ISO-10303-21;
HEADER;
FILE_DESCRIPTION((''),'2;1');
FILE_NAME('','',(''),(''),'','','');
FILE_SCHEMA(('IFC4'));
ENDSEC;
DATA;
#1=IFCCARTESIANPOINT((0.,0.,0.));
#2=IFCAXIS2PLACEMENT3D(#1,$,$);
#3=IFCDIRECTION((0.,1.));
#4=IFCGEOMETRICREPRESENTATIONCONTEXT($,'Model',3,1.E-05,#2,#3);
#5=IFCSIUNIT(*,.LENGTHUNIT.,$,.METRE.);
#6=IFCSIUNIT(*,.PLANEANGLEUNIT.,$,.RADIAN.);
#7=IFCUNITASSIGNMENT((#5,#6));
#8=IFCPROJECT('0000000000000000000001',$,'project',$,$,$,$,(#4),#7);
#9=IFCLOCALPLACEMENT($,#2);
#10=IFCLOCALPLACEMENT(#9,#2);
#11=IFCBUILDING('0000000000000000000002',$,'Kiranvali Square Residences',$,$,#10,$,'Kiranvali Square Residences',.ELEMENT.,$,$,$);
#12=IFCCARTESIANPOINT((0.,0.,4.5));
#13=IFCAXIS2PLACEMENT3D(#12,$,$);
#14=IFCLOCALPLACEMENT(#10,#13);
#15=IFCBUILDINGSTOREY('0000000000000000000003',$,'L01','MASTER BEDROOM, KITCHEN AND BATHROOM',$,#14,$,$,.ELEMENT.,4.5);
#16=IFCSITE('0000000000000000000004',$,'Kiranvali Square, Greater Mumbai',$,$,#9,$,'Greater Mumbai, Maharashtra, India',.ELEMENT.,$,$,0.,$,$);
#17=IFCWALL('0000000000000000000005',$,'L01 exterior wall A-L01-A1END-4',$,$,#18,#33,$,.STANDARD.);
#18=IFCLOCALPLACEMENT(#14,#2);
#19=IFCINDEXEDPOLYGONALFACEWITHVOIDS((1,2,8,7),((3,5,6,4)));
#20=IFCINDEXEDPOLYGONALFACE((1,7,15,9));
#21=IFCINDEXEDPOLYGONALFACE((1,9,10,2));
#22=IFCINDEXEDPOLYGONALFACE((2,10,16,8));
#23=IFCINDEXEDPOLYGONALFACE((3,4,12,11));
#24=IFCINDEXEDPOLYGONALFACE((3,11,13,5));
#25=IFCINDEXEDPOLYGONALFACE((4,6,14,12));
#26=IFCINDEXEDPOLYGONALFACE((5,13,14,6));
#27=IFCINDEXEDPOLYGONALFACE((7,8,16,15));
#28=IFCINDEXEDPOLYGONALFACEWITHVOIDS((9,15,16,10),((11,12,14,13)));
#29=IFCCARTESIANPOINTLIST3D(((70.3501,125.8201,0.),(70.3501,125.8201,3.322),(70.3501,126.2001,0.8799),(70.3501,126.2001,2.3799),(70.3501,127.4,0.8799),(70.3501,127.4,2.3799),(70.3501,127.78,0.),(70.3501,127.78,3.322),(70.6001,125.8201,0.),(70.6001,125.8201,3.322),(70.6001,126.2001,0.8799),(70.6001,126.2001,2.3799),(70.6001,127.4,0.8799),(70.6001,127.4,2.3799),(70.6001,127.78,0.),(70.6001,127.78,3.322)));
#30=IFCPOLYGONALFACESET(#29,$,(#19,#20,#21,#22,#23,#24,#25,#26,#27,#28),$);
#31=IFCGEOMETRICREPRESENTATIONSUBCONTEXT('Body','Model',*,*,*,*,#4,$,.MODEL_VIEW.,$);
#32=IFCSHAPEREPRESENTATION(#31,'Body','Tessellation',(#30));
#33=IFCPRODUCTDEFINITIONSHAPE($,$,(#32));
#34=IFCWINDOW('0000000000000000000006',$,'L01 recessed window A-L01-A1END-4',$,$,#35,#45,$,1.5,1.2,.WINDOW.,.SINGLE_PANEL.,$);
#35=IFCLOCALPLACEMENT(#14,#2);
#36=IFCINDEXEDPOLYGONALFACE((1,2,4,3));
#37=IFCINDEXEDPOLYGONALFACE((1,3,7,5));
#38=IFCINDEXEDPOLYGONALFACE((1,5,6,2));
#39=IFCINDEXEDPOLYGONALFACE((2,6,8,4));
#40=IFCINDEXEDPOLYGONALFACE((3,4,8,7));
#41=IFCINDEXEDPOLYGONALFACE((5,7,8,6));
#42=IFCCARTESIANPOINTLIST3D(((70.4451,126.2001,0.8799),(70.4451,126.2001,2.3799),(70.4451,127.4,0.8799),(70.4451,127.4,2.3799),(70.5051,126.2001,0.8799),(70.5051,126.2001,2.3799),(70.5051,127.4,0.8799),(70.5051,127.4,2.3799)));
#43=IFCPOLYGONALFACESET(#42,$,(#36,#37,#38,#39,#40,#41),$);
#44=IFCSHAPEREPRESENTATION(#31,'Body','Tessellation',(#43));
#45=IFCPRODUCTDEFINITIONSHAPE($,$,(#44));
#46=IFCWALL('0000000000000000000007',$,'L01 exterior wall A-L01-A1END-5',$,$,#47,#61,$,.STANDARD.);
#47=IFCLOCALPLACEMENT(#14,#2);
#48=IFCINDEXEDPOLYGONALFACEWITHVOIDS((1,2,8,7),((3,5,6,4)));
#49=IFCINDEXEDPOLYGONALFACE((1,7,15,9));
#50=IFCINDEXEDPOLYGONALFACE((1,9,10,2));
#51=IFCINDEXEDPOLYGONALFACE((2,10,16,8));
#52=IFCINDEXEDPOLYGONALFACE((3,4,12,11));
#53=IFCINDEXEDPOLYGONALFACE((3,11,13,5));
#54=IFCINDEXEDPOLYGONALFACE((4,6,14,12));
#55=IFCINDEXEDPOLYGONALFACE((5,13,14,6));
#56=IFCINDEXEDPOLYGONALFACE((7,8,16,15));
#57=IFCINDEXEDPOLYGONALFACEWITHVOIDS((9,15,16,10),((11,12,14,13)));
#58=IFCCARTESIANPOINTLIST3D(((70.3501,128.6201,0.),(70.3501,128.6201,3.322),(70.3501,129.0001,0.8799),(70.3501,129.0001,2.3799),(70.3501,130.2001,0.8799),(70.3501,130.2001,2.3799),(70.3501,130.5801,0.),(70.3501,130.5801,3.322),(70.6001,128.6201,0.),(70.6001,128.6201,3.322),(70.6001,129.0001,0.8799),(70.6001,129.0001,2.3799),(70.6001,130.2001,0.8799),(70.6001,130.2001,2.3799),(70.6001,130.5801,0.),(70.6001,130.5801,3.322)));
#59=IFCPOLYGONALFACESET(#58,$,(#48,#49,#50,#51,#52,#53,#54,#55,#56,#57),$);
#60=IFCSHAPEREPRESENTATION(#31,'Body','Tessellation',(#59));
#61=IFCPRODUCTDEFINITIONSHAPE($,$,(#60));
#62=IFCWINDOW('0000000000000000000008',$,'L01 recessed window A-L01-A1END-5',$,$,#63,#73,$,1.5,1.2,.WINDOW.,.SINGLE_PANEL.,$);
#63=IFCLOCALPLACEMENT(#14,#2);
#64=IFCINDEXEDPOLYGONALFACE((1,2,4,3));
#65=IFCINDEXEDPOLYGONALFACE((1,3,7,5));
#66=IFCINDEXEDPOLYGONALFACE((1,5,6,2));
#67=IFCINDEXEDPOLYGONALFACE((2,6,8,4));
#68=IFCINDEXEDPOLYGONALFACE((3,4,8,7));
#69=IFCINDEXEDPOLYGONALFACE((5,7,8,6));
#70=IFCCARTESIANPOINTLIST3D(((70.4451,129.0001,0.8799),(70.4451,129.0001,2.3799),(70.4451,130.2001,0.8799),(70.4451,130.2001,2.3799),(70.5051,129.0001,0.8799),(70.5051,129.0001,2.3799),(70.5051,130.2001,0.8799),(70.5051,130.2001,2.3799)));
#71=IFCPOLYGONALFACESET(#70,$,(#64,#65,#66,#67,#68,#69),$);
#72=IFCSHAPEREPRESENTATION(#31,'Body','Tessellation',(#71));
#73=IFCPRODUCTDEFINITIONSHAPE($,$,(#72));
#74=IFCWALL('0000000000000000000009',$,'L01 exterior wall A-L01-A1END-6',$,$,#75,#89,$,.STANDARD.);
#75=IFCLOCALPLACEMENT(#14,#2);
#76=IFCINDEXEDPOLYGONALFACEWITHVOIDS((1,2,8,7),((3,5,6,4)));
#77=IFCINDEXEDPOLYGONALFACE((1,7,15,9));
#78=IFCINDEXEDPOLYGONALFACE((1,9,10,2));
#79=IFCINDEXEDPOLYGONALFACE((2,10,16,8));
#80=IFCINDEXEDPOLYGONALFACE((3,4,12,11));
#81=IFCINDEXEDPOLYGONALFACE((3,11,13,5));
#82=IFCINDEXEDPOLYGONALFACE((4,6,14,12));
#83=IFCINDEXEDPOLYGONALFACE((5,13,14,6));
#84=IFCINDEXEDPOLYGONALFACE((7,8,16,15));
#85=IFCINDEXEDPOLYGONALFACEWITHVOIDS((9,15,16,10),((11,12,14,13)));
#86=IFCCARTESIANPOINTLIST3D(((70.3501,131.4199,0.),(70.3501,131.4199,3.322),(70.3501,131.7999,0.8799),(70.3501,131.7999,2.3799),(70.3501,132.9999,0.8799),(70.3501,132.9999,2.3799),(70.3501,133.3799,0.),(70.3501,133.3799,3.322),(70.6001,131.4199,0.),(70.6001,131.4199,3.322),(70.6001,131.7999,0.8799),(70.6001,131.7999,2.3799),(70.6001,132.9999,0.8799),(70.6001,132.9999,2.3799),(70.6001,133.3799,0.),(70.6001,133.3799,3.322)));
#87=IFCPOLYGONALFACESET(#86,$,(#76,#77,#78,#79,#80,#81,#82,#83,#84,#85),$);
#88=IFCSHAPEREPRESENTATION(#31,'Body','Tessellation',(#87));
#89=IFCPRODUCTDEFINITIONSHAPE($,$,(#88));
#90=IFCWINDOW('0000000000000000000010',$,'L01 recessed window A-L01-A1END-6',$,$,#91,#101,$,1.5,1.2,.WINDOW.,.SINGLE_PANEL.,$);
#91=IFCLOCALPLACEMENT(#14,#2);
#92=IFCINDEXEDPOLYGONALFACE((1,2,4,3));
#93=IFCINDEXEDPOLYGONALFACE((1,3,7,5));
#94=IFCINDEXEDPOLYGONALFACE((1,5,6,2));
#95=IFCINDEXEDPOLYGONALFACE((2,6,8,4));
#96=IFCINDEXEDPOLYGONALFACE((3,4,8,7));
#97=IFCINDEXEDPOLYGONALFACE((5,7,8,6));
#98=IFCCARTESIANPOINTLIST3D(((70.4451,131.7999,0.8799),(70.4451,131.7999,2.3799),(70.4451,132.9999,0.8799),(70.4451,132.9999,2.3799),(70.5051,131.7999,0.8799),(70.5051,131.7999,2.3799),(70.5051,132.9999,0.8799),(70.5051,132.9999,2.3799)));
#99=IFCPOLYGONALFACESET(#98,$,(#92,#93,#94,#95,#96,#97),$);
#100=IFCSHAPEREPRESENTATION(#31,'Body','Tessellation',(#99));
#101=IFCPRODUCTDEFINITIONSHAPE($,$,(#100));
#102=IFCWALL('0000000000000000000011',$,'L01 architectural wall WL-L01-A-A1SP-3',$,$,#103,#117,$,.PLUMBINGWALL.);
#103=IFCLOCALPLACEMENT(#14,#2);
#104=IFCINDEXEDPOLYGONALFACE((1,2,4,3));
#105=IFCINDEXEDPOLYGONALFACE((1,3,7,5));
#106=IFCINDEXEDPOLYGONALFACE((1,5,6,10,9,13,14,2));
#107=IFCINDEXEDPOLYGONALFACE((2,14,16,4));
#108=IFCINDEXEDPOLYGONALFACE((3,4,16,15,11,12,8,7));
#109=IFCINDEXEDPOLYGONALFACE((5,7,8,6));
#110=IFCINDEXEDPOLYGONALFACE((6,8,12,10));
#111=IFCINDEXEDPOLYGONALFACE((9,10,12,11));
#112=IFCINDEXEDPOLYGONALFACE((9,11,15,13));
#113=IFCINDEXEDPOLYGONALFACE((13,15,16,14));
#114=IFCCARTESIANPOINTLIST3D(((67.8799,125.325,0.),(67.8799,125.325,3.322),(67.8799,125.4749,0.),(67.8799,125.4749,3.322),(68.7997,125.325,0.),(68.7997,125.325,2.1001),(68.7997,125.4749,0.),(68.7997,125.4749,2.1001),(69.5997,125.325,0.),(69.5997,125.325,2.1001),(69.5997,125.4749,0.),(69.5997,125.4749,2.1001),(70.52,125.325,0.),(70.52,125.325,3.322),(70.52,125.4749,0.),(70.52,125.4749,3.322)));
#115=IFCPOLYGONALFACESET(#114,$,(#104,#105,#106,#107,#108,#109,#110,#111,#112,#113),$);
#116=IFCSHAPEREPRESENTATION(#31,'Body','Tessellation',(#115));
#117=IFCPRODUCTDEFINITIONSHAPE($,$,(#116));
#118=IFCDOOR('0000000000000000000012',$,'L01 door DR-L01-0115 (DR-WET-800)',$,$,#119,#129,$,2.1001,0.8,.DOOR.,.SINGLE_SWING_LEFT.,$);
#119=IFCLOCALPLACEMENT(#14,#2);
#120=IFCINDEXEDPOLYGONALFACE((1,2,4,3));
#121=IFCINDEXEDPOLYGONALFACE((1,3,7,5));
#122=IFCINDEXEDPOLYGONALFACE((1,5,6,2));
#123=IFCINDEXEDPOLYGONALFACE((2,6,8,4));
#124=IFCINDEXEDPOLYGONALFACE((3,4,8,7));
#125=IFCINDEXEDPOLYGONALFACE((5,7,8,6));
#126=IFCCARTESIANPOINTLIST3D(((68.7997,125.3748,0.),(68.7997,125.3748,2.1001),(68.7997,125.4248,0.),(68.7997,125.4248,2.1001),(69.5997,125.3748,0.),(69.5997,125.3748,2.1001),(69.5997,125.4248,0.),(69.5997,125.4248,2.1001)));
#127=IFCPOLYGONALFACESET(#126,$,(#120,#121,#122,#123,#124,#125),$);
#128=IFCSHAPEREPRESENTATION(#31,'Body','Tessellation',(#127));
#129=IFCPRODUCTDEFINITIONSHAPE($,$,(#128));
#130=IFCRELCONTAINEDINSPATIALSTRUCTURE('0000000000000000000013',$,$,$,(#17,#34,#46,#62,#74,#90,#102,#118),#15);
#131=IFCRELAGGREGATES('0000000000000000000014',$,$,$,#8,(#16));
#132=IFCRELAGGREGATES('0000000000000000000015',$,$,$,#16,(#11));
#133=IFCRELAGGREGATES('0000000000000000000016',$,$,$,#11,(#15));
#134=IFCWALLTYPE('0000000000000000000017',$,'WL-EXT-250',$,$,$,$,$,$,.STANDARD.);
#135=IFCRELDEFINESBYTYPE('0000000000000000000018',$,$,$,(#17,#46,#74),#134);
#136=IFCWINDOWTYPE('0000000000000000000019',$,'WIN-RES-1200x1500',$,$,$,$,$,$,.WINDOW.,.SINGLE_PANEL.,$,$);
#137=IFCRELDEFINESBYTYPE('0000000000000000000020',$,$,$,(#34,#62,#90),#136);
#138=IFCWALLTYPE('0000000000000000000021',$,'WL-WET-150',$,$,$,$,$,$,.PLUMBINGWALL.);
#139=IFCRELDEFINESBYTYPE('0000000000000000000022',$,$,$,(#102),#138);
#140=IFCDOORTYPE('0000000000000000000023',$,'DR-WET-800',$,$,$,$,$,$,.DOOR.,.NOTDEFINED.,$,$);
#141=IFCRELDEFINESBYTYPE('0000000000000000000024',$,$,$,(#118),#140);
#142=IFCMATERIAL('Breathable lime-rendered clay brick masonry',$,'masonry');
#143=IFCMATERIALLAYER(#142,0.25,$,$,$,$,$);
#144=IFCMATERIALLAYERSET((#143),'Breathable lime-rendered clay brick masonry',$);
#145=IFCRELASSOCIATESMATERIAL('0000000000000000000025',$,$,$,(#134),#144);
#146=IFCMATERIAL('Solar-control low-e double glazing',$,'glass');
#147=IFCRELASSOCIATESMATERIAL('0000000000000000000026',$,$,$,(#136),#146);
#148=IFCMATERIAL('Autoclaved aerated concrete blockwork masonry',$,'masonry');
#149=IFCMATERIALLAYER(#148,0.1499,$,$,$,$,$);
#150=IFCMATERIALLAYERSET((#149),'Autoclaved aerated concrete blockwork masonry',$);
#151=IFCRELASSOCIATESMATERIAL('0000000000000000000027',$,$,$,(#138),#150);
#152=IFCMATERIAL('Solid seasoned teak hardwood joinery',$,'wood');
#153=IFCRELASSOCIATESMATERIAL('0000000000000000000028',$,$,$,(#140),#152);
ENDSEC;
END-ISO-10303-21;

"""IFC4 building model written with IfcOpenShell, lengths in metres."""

from ifc_helpers import new_model, si_unit, direction, frame, frame_2d, origin, place, context, subcontext, project, spatial, rectangle, extrude, material, layer, layer_set, type_object, element, fill, save


model = new_model("IFC4")

# Units and contexts
model_context = context("Model", 3, precision=1e-05, world=origin(), true_north=direction((0.0, 1.0)))
body_context = subcontext(model_context, "Body", "Model", "MODEL_VIEW")
ifc_project = project(units=[si_unit("LENGTHUNIT", "METRE"), si_unit("PLANEANGLEUNIT", "RADIAN")], contexts=[model_context])

# Site, building, storey
site_placement = place(None, origin())
site = spatial("IfcSite", under=ifc_project, at=site_placement, Name="Kiranvali Square, Greater Mumbai", LongName="Greater Mumbai, Maharashtra, India", CompositionType="ELEMENT", RefElevation=0.0)
building_placement = place(site_placement, origin())
building = spatial("IfcBuilding", under=site, at=building_placement, Name="Kiranvali Square Residences", LongName="Kiranvali Square Residences", CompositionType="ELEMENT")
storey_placement = place(building_placement, frame((0.0, 0.0, 4.5)))
storey = spatial("IfcBuildingStorey", under=building, at=storey_placement, Name="L01", Description="MASTER BEDROOM, KITCHEN AND BATHROOM", CompositionType="ELEMENT", Elevation=4.5)

# Walls, openings, windows
ifc_material_1 = material(Name="Breathable lime-rendered clay brick masonry", Category="masonry")
ifc_layer_1 = layer(ifc_material_1, 0.25)
ifc_layer_set_1 = layer_set([ifc_layer_1], Name="Breathable lime-rendered clay brick masonry")
wall_type_1 = type_object("IfcWallType", Name="WL-EXT-250", PredefinedType="STANDARD", material=ifc_layer_set_1)
ifc_material_2 = material(Name="Solar-control low-e double glazing", Category="glass")
window_type_1 = type_object("IfcWindowType", Name="WIN-RES-1200x1500", PartitioningType="SINGLE_PANEL", PredefinedType="WINDOW", material=ifc_material_2)
wall_1_placement = place(storey_placement, frame((70.4751, 125.8201, 0.0), z_axis=(0.0, 0.0, 1.0), x_axis=(0.0, 1.0, 0.0)))
wall_1 = element("IfcWall", 1, at=wall_1_placement, inside=storey, type_object=wall_type_1, Name="L01 exterior wall A-L01-A1END-4", PredefinedType="STANDARD", context=body_context, shape_type="SweptSolid", body=[
    extrude(rectangle(XDim=1.96, YDim=0.25, at=frame_2d((0.98, 0.0))), origin(), (0.0, 0.0, 1.0), 3.322),
])
opening_1_placement = place(wall_1_placement, frame((0.3799, 0.0, 0.8799)))
opening_1 = element("IfcOpeningElement", 2, at=opening_1_placement, cuts=wall_1, PredefinedType="OPENING", context=body_context, shape_type="SweptSolid", body=[
    extrude(rectangle(XDim=1.2, YDim=1.5, at=frame_2d((0.6001, 0.75))), frame((0.0, 0.135, 0.0), z_axis=(0.0, -1.0, 0.0), x_axis=(1.0, 0.0, 0.0)), (0.0, 0.0, 1.0), 0.27),
])
window_1_placement = place(opening_1_placement, origin())
window_1 = element("IfcWindow", 3, at=window_1_placement, inside=storey, type_object=window_type_1, Name="L01 recessed window A-L01-A1END-4", OverallHeight=1.5, OverallWidth=1.2, PartitioningType="SINGLE_PANEL", PredefinedType="WINDOW", context=body_context, shape_type="SweptSolid", body=[
    extrude(rectangle(XDim=1.2, YDim=1.5, at=frame_2d((0.6001, 0.75))), frame((0.0, 0.03, 0.0), z_axis=(0.0, -1.0, 0.0), x_axis=(1.0, 0.0, 0.0)), (0.0, 0.0, 1.0), 0.0601),
])
fill(opening_1, window_1)
wall_2_placement = place(storey_placement, frame((70.4751, 128.6201, 0.0), z_axis=(0.0, 0.0, 1.0), x_axis=(0.0, 1.0, 0.0)))
wall_2 = element("IfcWall", 4, at=wall_2_placement, inside=storey, type_object=wall_type_1, Name="L01 exterior wall A-L01-A1END-5", PredefinedType="STANDARD", context=body_context, shape_type="SweptSolid", body=[
    extrude(rectangle(XDim=1.96, YDim=0.25, at=frame_2d((0.98, 0.0))), origin(), (0.0, 0.0, 1.0), 3.322),
])
opening_2_placement = place(wall_2_placement, frame((0.3799, 0.0, 0.8799)))
opening_2 = element("IfcOpeningElement", 5, at=opening_2_placement, cuts=wall_2, PredefinedType="OPENING", context=body_context, shape_type="SweptSolid", body=[
    extrude(rectangle(XDim=1.2, YDim=1.5, at=frame_2d((0.6001, 0.75))), frame((0.0, 0.135, 0.0), z_axis=(0.0, -1.0, 0.0), x_axis=(1.0, 0.0, 0.0)), (0.0, 0.0, 1.0), 0.27),
])
window_2_placement = place(opening_2_placement, origin())
window_2 = element("IfcWindow", 6, at=window_2_placement, inside=storey, type_object=window_type_1, Name="L01 recessed window A-L01-A1END-5", OverallHeight=1.5, OverallWidth=1.2, PartitioningType="SINGLE_PANEL", PredefinedType="WINDOW", context=body_context, shape_type="SweptSolid", body=[
    extrude(rectangle(XDim=1.2, YDim=1.5, at=frame_2d((0.6001, 0.75))), frame((0.0, 0.03, 0.0), z_axis=(0.0, -1.0, 0.0), x_axis=(1.0, 0.0, 0.0)), (0.0, 0.0, 1.0), 0.0601),
])
fill(opening_2, window_2)
wall_3_placement = place(storey_placement, frame((70.4751, 131.4199, 0.0), z_axis=(0.0, 0.0, 1.0), x_axis=(0.0, 1.0, 0.0)))
wall_3 = element("IfcWall", 7, at=wall_3_placement, inside=storey, type_object=wall_type_1, Name="L01 exterior wall A-L01-A1END-6", PredefinedType="STANDARD", context=body_context, shape_type="SweptSolid", body=[
    extrude(rectangle(XDim=1.96, YDim=0.25, at=frame_2d((0.98, 0.0))), origin(), (0.0, 0.0, 1.0), 3.322),
])
opening_3_placement = place(wall_3_placement, frame((0.3799, 0.0, 0.8799)))
opening_3 = element("IfcOpeningElement", 8, at=opening_3_placement, cuts=wall_3, PredefinedType="OPENING", context=body_context, shape_type="SweptSolid", body=[
    extrude(rectangle(XDim=1.2, YDim=1.5, at=frame_2d((0.6001, 0.75))), frame((0.0, 0.135, 0.0), z_axis=(0.0, -1.0, 0.0), x_axis=(1.0, 0.0, 0.0)), (0.0, 0.0, 1.0), 0.27),
])
window_3_placement = place(opening_3_placement, origin())
window_3 = element("IfcWindow", 9, at=window_3_placement, inside=storey, type_object=window_type_1, Name="L01 recessed window A-L01-A1END-6", OverallHeight=1.5, OverallWidth=1.2, PartitioningType="SINGLE_PANEL", PredefinedType="WINDOW", context=body_context, shape_type="SweptSolid", body=[
    extrude(rectangle(XDim=1.2, YDim=1.5, at=frame_2d((0.6001, 0.75))), frame((0.0, 0.03, 0.0), z_axis=(0.0, -1.0, 0.0), x_axis=(1.0, 0.0, 0.0)), (0.0, 0.0, 1.0), 0.0601),
])
fill(opening_3, window_3)

# Wall, opening, door
ifc_material_3 = material(Name="Autoclaved aerated concrete blockwork masonry", Category="masonry")
ifc_layer_2 = layer(ifc_material_3, 0.1499)
ifc_layer_set_2 = layer_set([ifc_layer_2], Name="Autoclaved aerated concrete blockwork masonry")
wall_type_2 = type_object("IfcWallType", Name="WL-WET-150", PredefinedType="PLUMBINGWALL", material=ifc_layer_set_2)
wall_4_placement = place(storey_placement, frame((67.8799, 125.3999, 0.0), z_axis=(0.0, 0.0, 1.0), x_axis=(1.0, 0.0, 0.0)))
wall_4 = element("IfcWall", 10, at=wall_4_placement, inside=storey, type_object=wall_type_2, Name="L01 architectural wall WL-L01-A-A1SP-3", PredefinedType="PLUMBINGWALL", context=body_context, shape_type="SweptSolid", body=[
    extrude(rectangle(XDim=2.6401, YDim=0.1499, at=frame_2d((1.3201, 0.0))), origin(), (0.0, 0.0, 1.0), 3.322),
])
opening_4_placement = place(wall_4_placement, frame((0.9199, 0.0, 0.0)))
opening_4 = element("IfcOpeningElement", 11, at=opening_4_placement, cuts=wall_4, PredefinedType="OPENING", context=body_context, shape_type="SweptSolid", body=[
    extrude(rectangle(XDim=0.8, YDim=2.1001, at=frame_2d((0.3999, 1.05))), frame((0.0, 0.085, 0.0), z_axis=(0.0, -1.0, 0.0), x_axis=(1.0, 0.0, 0.0)), (0.0, 0.0, 1.0), 0.1699),
])
ifc_material_4 = material(Name="Solid seasoned teak hardwood joinery", Category="wood")
door_type = type_object("IfcDoorType", Name="DR-WET-800", OperationType="NOTDEFINED", PredefinedType="DOOR", material=ifc_material_4)
door_placement = place(opening_4_placement, origin())
door = element("IfcDoor", 12, at=door_placement, inside=storey, type_object=door_type, Name="L01 door DR-L01-0115 (DR-WET-800)", OperationType="SINGLE_SWING_LEFT", OverallHeight=2.1001, OverallWidth=0.8, PredefinedType="DOOR", context=body_context, shape_type="SweptSolid", body=[
    extrude(rectangle(XDim=0.8, YDim=2.1001, at=frame_2d((0.3999, 1.05))), frame((0.0, 0.0249, 0.0), z_axis=(0.0, -1.0, 0.0), x_axis=(1.0, 0.0, 0.0)), (0.0, 0.0, 1.0), 0.05),
])
fill(opening_4, door)

save(model, "model.ifc")
